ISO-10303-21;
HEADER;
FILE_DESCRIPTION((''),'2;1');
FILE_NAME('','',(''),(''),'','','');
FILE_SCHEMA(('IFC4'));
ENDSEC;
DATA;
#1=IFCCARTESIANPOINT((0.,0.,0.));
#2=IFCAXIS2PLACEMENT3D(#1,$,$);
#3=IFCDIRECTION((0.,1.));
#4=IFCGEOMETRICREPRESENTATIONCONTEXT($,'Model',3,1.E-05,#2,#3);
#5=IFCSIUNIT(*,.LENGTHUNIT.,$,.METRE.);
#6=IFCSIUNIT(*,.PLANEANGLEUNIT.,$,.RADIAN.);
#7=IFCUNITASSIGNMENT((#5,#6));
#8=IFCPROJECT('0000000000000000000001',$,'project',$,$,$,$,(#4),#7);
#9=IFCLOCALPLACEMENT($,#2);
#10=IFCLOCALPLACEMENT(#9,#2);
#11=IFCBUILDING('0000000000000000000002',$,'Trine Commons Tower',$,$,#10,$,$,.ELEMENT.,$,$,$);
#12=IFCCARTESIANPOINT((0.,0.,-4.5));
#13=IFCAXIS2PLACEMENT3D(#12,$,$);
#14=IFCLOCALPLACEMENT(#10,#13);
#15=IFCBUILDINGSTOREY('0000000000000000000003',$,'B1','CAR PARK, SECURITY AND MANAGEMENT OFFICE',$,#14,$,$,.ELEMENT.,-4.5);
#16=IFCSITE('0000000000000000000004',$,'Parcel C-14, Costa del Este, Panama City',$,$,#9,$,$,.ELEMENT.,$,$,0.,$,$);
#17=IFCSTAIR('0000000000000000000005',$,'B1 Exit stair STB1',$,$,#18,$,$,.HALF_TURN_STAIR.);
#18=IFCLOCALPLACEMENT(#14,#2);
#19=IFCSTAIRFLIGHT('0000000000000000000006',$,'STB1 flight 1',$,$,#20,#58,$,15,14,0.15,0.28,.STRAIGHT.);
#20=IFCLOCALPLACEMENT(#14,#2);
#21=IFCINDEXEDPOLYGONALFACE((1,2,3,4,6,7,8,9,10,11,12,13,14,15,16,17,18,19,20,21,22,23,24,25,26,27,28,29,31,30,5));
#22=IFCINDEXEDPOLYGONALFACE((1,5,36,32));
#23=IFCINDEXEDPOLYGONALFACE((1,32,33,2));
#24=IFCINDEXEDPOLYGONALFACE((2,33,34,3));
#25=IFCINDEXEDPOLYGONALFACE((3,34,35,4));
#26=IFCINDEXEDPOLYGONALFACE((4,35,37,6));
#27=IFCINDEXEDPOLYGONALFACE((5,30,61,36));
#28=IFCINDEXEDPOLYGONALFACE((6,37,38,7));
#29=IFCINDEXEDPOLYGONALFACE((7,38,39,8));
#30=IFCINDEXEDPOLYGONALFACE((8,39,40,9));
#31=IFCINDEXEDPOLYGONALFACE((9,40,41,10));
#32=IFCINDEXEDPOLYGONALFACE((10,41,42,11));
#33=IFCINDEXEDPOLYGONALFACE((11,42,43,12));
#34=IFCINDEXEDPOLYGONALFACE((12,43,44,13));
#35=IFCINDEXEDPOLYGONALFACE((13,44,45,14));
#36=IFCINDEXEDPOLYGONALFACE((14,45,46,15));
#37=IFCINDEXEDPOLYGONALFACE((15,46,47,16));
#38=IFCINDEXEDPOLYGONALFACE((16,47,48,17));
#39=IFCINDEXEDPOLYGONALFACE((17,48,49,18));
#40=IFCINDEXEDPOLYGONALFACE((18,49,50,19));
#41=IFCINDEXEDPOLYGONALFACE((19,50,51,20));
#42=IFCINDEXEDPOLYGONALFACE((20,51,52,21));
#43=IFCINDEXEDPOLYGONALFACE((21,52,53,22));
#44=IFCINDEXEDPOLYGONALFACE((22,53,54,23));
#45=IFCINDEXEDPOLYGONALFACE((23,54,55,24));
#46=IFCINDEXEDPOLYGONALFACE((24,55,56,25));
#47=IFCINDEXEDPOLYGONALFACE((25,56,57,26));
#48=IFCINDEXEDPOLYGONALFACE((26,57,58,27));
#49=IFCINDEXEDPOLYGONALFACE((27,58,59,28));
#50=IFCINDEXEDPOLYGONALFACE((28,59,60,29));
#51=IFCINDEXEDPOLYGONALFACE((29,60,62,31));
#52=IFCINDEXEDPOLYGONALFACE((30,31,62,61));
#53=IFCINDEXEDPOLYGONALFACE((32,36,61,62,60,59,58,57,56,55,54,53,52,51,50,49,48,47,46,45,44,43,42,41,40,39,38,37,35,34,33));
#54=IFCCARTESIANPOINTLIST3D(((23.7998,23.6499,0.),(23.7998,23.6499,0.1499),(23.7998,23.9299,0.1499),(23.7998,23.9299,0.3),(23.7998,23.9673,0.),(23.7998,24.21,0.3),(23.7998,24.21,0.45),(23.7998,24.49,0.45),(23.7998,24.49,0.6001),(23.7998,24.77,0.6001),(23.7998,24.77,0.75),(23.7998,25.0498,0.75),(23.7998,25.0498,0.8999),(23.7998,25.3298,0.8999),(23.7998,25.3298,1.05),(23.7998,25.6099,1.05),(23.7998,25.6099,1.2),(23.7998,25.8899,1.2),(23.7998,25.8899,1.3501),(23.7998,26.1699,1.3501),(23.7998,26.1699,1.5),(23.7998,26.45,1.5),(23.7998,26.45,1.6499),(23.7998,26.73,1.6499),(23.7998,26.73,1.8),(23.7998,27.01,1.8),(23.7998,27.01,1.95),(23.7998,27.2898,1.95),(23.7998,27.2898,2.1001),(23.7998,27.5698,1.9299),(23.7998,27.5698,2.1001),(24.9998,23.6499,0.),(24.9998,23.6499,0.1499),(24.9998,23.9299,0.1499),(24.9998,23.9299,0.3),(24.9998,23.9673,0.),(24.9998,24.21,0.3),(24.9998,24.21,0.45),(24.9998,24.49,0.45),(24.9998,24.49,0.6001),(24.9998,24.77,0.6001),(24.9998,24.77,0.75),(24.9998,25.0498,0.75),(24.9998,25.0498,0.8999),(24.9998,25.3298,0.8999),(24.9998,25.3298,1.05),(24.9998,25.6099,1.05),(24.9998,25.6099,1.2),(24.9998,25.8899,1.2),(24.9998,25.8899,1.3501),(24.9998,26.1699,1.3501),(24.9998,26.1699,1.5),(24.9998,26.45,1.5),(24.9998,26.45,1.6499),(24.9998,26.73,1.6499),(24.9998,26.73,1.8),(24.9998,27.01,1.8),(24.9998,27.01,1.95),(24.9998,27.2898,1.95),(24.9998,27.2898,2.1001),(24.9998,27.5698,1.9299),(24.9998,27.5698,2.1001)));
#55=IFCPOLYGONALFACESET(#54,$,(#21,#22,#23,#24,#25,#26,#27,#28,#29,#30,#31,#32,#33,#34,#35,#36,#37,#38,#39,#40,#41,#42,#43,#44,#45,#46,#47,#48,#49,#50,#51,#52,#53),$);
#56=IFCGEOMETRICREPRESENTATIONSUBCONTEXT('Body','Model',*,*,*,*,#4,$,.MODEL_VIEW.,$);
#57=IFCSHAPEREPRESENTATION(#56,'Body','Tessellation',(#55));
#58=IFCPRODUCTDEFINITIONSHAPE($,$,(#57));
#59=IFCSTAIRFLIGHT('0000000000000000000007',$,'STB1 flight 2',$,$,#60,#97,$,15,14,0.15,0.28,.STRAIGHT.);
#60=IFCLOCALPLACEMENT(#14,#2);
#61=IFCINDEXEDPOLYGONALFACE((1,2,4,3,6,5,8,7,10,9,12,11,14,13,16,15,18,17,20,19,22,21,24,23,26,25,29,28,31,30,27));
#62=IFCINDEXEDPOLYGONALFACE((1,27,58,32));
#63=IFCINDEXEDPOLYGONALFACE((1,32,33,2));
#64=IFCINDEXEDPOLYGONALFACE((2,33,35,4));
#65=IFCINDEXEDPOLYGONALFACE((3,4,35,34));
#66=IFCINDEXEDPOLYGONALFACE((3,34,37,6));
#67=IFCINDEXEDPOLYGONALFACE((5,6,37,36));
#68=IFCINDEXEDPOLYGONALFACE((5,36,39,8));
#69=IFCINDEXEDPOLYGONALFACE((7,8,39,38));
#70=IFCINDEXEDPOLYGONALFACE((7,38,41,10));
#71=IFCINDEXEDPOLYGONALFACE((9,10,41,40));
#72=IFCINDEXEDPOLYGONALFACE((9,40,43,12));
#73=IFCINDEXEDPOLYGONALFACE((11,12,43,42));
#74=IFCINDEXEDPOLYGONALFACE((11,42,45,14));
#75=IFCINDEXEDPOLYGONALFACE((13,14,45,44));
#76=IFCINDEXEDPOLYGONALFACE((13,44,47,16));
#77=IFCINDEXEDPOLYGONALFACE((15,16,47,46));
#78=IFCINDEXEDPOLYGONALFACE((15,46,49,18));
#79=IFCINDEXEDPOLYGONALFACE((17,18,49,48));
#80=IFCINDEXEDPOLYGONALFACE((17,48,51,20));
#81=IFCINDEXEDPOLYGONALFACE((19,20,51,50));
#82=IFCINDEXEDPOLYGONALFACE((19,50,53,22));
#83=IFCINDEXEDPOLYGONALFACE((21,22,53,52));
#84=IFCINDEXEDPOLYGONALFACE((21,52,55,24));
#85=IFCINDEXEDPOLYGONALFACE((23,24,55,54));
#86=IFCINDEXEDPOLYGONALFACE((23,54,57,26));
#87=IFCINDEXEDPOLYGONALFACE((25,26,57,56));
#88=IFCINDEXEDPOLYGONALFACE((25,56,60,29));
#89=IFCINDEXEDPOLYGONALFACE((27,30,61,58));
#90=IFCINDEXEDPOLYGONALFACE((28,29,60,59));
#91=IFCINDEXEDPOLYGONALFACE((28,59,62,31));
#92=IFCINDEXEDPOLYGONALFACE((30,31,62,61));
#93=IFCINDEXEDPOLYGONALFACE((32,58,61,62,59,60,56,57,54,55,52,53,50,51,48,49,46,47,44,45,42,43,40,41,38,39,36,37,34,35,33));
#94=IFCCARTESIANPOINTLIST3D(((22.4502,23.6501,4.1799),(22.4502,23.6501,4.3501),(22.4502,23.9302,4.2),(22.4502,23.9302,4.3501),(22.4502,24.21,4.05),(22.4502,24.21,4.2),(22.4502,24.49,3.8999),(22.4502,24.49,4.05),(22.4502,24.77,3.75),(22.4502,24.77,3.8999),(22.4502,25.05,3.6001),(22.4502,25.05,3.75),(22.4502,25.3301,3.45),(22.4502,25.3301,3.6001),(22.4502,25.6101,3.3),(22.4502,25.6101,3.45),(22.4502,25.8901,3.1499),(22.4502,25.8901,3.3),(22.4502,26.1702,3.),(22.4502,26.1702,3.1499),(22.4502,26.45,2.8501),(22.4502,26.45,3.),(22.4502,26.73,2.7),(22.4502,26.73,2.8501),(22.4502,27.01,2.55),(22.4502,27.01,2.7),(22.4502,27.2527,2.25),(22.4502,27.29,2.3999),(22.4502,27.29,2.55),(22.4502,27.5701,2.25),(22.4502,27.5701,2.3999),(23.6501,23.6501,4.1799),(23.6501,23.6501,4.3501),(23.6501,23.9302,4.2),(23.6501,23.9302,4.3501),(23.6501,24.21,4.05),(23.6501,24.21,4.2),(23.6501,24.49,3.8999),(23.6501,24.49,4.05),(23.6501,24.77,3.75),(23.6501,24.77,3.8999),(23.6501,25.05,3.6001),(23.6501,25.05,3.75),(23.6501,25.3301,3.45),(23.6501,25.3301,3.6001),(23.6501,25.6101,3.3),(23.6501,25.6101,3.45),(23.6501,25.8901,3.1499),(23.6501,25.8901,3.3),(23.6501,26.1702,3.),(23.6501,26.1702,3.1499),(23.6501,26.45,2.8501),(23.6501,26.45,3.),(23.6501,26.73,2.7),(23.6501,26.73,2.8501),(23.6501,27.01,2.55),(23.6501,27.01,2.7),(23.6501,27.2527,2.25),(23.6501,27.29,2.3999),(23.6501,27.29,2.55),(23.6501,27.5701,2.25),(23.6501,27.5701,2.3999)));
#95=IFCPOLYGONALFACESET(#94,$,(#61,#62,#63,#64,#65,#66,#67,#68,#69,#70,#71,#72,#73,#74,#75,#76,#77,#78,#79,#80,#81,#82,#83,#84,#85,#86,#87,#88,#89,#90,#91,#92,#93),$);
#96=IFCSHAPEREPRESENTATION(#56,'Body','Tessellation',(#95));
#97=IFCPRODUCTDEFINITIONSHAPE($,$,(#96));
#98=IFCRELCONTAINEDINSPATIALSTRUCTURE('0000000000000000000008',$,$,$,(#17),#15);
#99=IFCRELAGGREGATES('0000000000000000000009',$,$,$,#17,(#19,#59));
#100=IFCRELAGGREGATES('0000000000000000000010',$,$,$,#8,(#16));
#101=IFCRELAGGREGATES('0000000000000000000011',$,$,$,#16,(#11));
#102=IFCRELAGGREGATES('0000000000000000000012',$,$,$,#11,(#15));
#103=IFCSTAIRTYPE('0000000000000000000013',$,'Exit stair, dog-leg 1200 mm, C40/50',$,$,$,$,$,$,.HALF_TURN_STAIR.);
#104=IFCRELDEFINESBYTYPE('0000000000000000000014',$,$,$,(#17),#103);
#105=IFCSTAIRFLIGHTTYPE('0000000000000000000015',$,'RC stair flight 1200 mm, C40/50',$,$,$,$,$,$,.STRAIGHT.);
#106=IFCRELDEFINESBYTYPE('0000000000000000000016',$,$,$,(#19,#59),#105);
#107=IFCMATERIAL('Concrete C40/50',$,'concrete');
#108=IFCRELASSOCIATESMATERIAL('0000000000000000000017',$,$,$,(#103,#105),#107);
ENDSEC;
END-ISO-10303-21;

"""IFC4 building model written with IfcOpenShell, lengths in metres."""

from ifc_helpers import new_model, si_unit, direction, frame, origin, place, context, subcontext, project, spatial, polyline, outline, extrude, material, type_object, element, aggregate, save


model = new_model("IFC4")

# Units and contexts
model_context = context("Model", 3, precision=1e-05, world=origin(), true_north=direction((0.0, 1.0)))
body_context = subcontext(model_context, "Body", "Model", "MODEL_VIEW")
ifc_project = project(units=[si_unit("LENGTHUNIT", "METRE"), si_unit("PLANEANGLEUNIT", "RADIAN")], contexts=[model_context])

# Site, building, storey
site_placement = place(None, origin())
site = spatial("IfcSite", under=ifc_project, at=site_placement, Name="Parcel C-14, Costa del Este, Panama City", CompositionType="ELEMENT", RefElevation=0.0)
building_placement = place(site_placement, origin())
building = spatial("IfcBuilding", under=site, at=building_placement, Name="Trine Commons Tower", CompositionType="ELEMENT")
storey_placement = place(building_placement, frame((0.0, 0.0, -4.5)))
storey = spatial("IfcBuildingStorey", under=building, at=storey_placement, Name="B1", Description="CAR PARK, SECURITY AND MANAGEMENT OFFICE", CompositionType="ELEMENT", Elevation=-4.5)

# Shared definitions
ifc_material_1 = material(Name="Concrete C40/50", Category="concrete")

# Stair
stair_type_1 = type_object("IfcStairType", Name="Exit stair, dog-leg 1200 mm, C40/50", PredefinedType="HALF_TURN_STAIR", material=ifc_material_1)
stair_1_placement = place(storey_placement, origin())
stair_1 = element("IfcStair", 1, at=stair_1_placement, inside=storey, type_object=stair_type_1, Name="B1 Exit stair STB1", PredefinedType="HALF_TURN_STAIR")

# Stair flights
stair_flight_type = type_object("IfcStairFlightType", Name="RC stair flight 1200 mm, C40/50", PredefinedType="STRAIGHT", material=ifc_material_1)
stair_flight_1_placement = place(storey_placement, frame((24.3999, 23.6499, 0.0), z_axis=(0.0, 0.0, 1.0), x_axis=(0.0, 1.0, 0.0)))
stair_flight_1 = element("IfcStairFlight", 2, at=stair_flight_1_placement, type_object=stair_flight_type, Name="STB1 flight 1", NumberOfRisers=15, NumberOfTreads=14, PredefinedType="STRAIGHT", RiserHeight=0.15, TreadLength=0.28, context=body_context, shape_type="SweptSolid", body=[
    extrude(outline(polyline([(0.0, 0.0), (0.0, 0.1499), (0.28, 0.1499), (0.28, 0.3), (0.5601, 0.3), (0.5601, 0.45), (0.8401, 0.45), (0.8401, 0.6001), (1.1201, 0.6001), (1.1201, 0.75), (1.3999, 0.75), (1.3999, 0.8999), (1.6799, 0.8999), (1.6799, 1.05), (1.96, 1.05), (1.96, 1.2), (2.24, 1.2), (2.24, 1.3501), (2.52, 1.3501), (2.52, 1.5), (2.8, 1.5), (2.8, 1.6499), (3.0801, 1.6499), (3.0801, 1.8), (3.3601, 1.8), (3.3601, 1.95), (3.6399, 1.95), (3.6399, 2.1001), (3.9199, 2.1001), (3.9199, 2.25), (3.9199, 1.9299), (0.3174, 0.0), (0.0, 0.0)])), frame((0.0, 0.6001, 0.0), z_axis=(0.0, -1.0, 0.0), x_axis=(1.0, 0.0, 0.0)), (0.0, 0.0, 1.0), 1.2),
])
stair_flight_2_placement = place(storey_placement, frame((23.05, 27.5701, 2.25), z_axis=(0.0, 0.0, 1.0), x_axis=(0.0, -1.0, 0.0)))
stair_flight_2 = element("IfcStairFlight", 3, at=stair_flight_2_placement, type_object=stair_flight_type, Name="STB1 flight 2", NumberOfRisers=15, NumberOfTreads=14, PredefinedType="STRAIGHT", RiserHeight=0.15, TreadLength=0.28, context=body_context, shape_type="SweptSolid", body=[
    extrude(outline(polyline([(0.0, 0.0), (0.0, 0.1499), (0.28, 0.1499), (0.28, 0.3), (0.5601, 0.3), (0.5601, 0.45), (0.8401, 0.45), (0.8401, 0.6001), (1.1201, 0.6001), (1.1201, 0.75), (1.3999, 0.75), (1.3999, 0.8999), (1.6799, 0.8999), (1.6799, 1.05), (1.96, 1.05), (1.96, 1.2), (2.24, 1.2), (2.24, 1.3501), (2.52, 1.3501), (2.52, 1.5), (2.8, 1.5), (2.8, 1.6499), (3.0801, 1.6499), (3.0801, 1.8), (3.3601, 1.8), (3.3601, 1.95), (3.6399, 1.95), (3.6399, 2.1001), (3.9199, 2.1001), (3.9199, 2.25), (3.9199, 1.9299), (0.3174, 0.0), (0.0, 0.0)])), frame((0.0, 0.6001, 0.0), z_axis=(0.0, -1.0, 0.0), x_axis=(1.0, 0.0, 0.0)), (0.0, 0.0, 1.0), 1.2),
])
aggregate(stair_1, [stair_flight_1, stair_flight_2])

save(model, "model.ifc")
